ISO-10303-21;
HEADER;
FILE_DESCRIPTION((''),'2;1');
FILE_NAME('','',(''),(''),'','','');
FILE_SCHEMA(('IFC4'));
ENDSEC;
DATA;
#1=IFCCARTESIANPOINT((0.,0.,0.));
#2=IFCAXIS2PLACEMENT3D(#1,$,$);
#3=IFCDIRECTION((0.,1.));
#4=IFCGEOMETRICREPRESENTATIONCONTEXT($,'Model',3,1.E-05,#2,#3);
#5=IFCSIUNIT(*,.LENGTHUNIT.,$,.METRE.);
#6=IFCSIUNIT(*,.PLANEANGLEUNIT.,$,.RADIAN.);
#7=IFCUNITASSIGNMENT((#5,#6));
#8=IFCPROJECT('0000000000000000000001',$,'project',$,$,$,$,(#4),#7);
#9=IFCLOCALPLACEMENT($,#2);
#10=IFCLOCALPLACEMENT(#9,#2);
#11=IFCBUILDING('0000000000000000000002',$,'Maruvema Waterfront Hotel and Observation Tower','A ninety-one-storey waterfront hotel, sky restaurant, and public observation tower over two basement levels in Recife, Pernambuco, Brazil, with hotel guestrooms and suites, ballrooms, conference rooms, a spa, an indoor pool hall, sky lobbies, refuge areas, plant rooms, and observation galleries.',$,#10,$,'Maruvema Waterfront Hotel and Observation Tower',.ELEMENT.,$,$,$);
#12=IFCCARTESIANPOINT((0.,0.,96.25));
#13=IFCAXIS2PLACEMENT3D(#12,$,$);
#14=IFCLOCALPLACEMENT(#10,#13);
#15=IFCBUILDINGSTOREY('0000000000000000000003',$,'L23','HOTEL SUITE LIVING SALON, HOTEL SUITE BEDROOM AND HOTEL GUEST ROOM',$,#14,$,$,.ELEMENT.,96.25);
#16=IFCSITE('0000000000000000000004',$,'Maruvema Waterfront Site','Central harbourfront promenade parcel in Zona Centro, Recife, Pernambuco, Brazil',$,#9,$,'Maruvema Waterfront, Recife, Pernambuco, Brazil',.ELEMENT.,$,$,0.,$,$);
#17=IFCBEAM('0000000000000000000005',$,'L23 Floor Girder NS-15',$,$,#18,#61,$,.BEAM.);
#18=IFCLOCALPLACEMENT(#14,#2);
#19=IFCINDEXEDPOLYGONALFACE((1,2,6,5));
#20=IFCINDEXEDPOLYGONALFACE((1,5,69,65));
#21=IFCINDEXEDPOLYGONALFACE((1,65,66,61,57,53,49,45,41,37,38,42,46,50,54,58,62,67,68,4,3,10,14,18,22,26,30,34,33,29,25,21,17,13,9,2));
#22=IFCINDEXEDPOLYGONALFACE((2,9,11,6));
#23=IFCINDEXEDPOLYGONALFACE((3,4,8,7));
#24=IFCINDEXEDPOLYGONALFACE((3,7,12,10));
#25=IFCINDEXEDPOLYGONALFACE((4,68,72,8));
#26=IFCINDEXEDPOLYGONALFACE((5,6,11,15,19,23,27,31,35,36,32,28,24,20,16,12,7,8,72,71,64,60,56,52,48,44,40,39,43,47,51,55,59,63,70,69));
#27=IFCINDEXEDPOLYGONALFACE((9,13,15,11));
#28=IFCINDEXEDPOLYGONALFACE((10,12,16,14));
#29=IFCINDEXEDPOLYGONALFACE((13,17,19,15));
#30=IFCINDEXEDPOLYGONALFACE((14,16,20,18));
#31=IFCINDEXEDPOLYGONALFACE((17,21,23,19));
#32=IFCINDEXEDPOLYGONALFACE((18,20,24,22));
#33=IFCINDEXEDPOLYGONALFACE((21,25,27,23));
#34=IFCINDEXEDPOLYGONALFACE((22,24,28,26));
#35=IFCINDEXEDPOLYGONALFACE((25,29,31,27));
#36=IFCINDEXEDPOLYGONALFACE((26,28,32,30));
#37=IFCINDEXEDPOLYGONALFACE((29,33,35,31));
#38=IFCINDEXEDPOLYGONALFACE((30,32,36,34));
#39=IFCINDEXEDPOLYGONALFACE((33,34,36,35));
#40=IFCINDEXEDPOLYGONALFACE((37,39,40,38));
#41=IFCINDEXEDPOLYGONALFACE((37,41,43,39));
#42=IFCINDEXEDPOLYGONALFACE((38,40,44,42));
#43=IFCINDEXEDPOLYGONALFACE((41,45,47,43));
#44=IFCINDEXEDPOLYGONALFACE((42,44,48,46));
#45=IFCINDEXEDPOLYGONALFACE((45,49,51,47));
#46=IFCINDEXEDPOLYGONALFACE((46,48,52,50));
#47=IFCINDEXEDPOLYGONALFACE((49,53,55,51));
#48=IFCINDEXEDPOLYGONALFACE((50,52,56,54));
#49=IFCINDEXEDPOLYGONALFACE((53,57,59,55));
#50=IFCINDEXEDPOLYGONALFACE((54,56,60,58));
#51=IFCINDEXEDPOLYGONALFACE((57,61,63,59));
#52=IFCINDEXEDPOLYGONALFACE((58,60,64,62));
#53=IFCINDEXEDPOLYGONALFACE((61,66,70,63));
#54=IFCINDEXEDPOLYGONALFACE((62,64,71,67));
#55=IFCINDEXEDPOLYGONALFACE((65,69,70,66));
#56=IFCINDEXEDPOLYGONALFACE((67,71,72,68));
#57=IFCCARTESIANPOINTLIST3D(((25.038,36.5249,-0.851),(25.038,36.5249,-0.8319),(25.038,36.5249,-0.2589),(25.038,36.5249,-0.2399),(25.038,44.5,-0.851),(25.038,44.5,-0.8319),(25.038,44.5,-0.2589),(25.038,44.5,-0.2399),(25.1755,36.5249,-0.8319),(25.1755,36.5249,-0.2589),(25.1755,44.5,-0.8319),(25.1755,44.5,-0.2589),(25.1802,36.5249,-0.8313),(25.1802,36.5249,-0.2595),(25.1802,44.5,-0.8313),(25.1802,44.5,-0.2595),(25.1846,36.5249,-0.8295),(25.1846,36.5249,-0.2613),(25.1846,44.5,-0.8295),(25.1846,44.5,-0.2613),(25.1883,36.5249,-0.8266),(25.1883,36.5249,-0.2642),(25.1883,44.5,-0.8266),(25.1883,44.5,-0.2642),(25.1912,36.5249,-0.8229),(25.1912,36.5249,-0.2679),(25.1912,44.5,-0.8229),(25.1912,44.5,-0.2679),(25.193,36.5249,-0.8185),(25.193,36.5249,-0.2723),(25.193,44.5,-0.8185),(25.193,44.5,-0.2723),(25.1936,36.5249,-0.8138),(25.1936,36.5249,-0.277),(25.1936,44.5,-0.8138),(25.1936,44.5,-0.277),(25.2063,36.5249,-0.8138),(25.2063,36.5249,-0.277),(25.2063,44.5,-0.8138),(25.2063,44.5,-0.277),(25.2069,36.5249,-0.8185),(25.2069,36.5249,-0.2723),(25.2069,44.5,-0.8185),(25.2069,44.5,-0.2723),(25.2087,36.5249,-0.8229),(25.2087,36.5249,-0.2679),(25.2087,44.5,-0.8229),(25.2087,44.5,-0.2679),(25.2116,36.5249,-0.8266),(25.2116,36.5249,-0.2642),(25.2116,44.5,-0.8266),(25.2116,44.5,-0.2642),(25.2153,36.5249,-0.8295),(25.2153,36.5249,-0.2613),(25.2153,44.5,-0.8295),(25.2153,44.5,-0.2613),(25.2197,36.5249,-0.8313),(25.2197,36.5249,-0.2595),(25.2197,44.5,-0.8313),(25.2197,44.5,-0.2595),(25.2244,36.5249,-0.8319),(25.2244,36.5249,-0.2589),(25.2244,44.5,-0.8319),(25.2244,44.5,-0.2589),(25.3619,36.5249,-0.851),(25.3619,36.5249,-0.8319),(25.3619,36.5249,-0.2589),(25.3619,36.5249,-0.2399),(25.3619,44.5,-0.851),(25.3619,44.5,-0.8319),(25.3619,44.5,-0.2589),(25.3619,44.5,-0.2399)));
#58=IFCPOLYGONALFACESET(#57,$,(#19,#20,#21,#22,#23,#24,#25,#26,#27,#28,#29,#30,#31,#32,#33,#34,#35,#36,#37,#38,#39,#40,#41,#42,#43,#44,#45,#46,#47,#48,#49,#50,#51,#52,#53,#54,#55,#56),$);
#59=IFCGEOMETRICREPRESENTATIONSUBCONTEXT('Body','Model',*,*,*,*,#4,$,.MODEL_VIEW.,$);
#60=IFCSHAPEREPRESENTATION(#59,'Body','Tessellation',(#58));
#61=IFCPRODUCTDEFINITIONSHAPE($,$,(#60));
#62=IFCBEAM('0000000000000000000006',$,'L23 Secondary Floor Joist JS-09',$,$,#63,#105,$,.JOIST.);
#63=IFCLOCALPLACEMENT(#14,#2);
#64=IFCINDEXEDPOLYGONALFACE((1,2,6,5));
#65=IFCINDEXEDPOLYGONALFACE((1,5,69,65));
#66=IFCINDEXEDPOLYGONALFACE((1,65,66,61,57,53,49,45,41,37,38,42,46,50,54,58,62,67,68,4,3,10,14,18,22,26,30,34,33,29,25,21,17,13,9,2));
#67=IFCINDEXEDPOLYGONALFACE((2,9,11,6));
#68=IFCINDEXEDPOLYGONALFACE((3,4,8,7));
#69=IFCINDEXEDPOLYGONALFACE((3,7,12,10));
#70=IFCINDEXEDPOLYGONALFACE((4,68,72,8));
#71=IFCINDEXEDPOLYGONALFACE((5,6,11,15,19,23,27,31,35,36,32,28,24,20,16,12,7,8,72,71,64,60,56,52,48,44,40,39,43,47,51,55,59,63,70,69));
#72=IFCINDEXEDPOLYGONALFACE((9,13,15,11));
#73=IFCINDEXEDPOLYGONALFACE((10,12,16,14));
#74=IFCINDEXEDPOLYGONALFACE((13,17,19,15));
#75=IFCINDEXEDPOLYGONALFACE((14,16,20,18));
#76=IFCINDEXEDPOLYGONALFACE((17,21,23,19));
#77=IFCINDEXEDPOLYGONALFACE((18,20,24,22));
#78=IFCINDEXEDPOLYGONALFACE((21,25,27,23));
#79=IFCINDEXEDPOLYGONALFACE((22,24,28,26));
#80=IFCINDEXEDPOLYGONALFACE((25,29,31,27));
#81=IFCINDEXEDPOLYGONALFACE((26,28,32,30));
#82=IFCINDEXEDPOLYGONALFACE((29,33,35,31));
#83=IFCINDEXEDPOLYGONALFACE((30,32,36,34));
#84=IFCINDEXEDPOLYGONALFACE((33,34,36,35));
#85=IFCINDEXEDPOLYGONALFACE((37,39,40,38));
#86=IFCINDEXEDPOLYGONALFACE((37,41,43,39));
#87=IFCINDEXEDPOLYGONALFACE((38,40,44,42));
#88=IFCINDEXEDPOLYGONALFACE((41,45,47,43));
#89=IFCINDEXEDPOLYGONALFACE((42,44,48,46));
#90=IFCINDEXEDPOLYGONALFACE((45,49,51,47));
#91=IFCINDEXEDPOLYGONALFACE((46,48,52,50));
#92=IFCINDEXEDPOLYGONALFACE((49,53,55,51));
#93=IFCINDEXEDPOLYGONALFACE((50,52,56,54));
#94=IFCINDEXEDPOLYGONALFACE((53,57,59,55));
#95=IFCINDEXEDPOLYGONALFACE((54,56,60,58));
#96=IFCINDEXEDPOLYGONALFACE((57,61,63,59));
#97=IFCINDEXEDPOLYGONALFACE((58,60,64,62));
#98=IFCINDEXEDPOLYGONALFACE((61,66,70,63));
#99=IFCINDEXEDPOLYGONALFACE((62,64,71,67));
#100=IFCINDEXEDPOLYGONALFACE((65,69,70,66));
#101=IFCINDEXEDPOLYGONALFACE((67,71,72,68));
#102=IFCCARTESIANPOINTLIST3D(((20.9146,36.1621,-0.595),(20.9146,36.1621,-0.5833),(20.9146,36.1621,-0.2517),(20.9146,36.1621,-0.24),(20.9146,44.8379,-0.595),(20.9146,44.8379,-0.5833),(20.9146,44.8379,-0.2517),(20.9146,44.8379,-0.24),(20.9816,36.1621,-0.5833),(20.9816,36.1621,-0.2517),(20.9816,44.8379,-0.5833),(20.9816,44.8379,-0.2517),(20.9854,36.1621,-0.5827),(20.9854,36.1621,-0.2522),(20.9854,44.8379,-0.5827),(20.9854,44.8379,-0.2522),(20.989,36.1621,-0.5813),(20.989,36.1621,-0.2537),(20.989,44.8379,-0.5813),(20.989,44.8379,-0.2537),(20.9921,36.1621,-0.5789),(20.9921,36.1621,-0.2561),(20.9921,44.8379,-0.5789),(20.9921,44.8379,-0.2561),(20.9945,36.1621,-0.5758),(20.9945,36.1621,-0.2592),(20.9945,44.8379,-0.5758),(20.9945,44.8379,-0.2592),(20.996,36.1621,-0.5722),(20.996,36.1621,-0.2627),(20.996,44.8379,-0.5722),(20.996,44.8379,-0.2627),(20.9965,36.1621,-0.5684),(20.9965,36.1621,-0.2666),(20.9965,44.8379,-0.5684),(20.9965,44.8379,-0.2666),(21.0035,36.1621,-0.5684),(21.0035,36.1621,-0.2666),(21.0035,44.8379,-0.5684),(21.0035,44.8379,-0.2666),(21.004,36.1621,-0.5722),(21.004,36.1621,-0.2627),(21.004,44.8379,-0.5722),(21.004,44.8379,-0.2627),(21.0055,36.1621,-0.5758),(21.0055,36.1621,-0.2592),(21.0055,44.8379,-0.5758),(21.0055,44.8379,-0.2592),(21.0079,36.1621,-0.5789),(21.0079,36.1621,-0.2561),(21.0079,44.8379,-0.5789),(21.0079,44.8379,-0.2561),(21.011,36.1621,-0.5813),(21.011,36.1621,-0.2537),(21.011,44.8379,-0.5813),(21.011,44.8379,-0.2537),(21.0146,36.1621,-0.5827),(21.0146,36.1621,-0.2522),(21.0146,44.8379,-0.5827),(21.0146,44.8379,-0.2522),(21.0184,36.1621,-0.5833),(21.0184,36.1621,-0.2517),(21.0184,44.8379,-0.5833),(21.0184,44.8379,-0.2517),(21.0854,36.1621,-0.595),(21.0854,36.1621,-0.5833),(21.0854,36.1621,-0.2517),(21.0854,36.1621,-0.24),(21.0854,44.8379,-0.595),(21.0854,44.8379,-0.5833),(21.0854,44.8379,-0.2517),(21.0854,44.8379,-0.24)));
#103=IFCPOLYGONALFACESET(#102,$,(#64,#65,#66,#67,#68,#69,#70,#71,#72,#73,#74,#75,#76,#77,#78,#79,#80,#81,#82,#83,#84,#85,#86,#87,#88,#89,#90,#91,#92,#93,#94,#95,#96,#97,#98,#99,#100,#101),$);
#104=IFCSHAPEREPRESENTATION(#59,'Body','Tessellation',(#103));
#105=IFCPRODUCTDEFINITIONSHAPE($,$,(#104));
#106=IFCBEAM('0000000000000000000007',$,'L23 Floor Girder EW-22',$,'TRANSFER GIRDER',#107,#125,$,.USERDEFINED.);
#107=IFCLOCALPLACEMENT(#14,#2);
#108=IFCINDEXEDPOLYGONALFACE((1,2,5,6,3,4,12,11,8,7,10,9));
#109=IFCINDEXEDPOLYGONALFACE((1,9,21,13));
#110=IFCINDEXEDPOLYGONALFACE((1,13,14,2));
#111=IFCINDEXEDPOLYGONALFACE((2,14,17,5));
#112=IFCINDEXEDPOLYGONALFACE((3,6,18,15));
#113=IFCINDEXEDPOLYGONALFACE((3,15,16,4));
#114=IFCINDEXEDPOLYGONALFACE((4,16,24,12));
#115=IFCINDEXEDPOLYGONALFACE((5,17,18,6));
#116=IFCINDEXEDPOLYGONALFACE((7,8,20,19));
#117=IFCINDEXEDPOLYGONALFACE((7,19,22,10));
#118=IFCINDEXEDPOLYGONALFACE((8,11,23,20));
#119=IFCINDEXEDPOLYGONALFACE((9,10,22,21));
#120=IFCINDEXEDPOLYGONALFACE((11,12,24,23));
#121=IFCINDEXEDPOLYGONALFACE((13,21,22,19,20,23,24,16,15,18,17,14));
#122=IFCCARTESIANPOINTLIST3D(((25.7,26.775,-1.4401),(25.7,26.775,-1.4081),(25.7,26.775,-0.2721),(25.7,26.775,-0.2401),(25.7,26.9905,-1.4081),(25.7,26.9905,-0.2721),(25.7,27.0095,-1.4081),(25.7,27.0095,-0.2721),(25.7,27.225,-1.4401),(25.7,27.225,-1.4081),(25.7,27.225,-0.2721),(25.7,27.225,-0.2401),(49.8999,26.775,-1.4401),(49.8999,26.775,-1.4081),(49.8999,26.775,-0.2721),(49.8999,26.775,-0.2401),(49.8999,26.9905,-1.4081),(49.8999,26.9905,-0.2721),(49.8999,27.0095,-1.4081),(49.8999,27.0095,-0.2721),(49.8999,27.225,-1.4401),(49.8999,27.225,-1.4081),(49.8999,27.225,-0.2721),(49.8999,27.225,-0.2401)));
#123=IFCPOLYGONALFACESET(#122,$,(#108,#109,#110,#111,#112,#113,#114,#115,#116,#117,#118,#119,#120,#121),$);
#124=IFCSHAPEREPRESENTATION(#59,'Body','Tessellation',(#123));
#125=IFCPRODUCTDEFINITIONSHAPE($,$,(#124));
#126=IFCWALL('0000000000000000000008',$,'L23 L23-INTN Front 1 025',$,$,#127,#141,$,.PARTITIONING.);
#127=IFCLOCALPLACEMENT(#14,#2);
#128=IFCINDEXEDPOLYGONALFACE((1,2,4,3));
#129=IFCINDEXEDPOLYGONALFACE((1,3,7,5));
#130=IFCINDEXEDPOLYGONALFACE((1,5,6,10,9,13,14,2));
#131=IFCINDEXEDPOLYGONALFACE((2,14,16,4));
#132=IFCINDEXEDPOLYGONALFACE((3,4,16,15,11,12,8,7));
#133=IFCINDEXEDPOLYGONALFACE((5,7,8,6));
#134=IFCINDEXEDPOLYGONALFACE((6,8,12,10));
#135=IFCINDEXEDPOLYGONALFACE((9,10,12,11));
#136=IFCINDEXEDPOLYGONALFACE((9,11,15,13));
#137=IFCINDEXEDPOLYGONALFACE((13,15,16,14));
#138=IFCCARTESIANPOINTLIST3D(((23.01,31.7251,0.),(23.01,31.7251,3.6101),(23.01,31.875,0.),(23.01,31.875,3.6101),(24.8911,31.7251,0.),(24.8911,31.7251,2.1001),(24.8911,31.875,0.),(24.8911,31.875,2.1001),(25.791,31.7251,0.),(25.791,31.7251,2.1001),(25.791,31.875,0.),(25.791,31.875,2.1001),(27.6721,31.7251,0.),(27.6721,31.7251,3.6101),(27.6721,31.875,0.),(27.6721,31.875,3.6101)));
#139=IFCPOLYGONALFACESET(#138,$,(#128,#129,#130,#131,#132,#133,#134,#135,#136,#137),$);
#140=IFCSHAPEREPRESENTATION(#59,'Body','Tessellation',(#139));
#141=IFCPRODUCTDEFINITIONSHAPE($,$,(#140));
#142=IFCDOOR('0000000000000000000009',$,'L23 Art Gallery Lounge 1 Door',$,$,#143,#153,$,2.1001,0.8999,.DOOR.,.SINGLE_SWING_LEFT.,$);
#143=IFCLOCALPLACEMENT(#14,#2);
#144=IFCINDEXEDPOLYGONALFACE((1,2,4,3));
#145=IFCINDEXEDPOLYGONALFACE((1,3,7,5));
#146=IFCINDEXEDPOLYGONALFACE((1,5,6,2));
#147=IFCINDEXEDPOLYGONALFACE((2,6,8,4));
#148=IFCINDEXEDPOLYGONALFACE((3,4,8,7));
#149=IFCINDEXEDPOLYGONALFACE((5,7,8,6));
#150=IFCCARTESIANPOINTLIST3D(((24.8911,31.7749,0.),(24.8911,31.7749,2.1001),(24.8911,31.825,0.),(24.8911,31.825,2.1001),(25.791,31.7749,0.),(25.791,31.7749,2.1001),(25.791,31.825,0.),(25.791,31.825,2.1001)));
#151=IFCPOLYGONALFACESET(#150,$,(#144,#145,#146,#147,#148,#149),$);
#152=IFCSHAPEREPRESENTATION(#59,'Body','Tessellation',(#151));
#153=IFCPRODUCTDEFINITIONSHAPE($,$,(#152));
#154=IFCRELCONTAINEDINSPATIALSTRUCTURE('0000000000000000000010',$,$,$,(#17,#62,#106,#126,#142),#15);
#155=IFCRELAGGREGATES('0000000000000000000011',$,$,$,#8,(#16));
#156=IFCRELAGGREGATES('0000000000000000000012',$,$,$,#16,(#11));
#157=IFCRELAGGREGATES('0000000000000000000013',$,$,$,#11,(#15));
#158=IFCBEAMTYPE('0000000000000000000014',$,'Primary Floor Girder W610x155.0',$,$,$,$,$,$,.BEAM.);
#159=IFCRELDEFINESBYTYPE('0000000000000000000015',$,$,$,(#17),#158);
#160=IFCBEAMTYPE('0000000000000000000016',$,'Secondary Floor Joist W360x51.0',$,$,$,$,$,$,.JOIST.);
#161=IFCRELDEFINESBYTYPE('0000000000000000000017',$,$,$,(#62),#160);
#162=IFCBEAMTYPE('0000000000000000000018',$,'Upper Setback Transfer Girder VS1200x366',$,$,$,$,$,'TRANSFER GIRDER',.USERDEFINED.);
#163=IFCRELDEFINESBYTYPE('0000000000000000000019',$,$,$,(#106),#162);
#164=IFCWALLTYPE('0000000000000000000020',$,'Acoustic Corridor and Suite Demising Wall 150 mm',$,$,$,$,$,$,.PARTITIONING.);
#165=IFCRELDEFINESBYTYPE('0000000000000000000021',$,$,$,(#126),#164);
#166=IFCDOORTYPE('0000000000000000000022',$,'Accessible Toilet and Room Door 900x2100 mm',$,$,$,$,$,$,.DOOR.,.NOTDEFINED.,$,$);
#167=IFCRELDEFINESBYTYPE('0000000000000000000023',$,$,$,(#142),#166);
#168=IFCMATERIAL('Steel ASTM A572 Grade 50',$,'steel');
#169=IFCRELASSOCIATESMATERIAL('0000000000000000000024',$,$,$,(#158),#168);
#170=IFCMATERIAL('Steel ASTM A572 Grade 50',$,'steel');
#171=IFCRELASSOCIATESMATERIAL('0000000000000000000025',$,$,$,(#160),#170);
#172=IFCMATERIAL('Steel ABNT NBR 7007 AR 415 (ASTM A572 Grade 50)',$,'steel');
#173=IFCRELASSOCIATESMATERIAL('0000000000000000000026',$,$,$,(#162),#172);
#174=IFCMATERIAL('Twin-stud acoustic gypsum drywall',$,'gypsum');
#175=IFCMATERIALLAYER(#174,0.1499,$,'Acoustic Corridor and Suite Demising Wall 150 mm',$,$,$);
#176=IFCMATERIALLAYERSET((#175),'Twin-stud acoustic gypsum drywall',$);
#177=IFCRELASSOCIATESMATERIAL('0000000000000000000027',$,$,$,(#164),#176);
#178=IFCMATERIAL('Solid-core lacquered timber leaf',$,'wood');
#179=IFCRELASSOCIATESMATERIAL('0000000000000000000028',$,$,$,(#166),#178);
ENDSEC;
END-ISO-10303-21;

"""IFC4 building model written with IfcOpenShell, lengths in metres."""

from ifc_helpers import new_model, si_unit, direction, frame, frame_2d, origin, origin_2d, place, context, subcontext, project, spatial, rectangle, i_section, extrude, material, layer, layer_set, material_profile, profile_set, type_object, element, fill, save


model = new_model("IFC4")

# Units and contexts
model_context = context("Model", 3, precision=1e-05, world=origin(), true_north=direction((0.0, 1.0)))
body_context = subcontext(model_context, "Body", "Model", "MODEL_VIEW")
ifc_project = project(units=[si_unit("LENGTHUNIT", "METRE"), si_unit("PLANEANGLEUNIT", "RADIAN")], contexts=[model_context])

# Site, building, storey
site_placement = place(None, origin())
site = spatial("IfcSite", under=ifc_project, at=site_placement, Name="Maruvema Waterfront Site", Description="Central harbourfront promenade parcel in Zona Centro, Recife, Pernambuco, Brazil", LongName="Maruvema Waterfront, Recife, Pernambuco, Brazil", CompositionType="ELEMENT", RefElevation=0.0)
building_placement = place(site_placement, origin())
building = spatial("IfcBuilding", under=site, at=building_placement, Name="Maruvema Waterfront Hotel and Observation Tower", Description="A ninety-one-storey waterfront hotel, sky restaurant, and public observation tower over two basement levels in Recife, Pernambuco, Brazil, with hotel guestrooms and suites, ballrooms, conference rooms, a spa, an indoor pool hall, sky lobbies, refuge areas, plant rooms, and observation galleries.", LongName="Maruvema Waterfront Hotel and Observation Tower", CompositionType="ELEMENT")
storey_placement = place(building_placement, frame((0.0, 0.0, 96.25)))
storey = spatial("IfcBuildingStorey", under=building, at=storey_placement, Name="L23", Description="HOTEL SUITE LIVING SALON, HOTEL SUITE BEDROOM AND HOTEL GUEST ROOM", CompositionType="ELEMENT", Elevation=96.25)

# Beams
ifc_material_1 = material(Name="Steel ASTM A572 Grade 50", Category="steel")
ifc_material_profile_1 = material_profile(ifc_material_1, i_section(OverallWidth=0.324, OverallDepth=0.6111, WebThickness=0.0127, FlangeThickness=0.019, FilletRadius=0.0181, at=origin_2d()), Name="W610x155.0")
ifc_profile_set_1 = profile_set([ifc_material_profile_1], Name="Steel ASTM A572 Grade 50")
beam_type_1 = type_object("IfcBeamType", Name="Primary Floor Girder W610x155.0", PredefinedType="BEAM", material=ifc_profile_set_1)
for number, where, z_axis, x_axis, name in (
    (1, (25.2, 36.5249, -0.5454), (0.0, 1.0, 0.0), (-1.0, 0.0, 0.0), "L23 Floor Girder NS-15"),
):
    element("IfcBeam", number, at=place(storey_placement, frame(where, z_axis=z_axis, x_axis=x_axis)), inside=storey, type_object=beam_type_1, Name=name, PredefinedType="BEAM", context=body_context, shape_type="SweptSolid", body=[
        extrude(i_section(OverallWidth=0.324, OverallDepth=0.6111, WebThickness=0.0127, FlangeThickness=0.019, FilletRadius=0.0181, at=origin_2d()), origin(), (0.0, 0.0, 1.0), 7.9751),
    ])
ifc_material_2 = material(Name="Steel ASTM A572 Grade 50", Category="steel")
ifc_material_profile_2 = material_profile(ifc_material_2, i_section(OverallWidth=0.1709, OverallDepth=0.355, WebThickness=0.0071, FlangeThickness=0.0117, FilletRadius=0.0149, at=origin_2d()), Name="W360x51.0")
ifc_profile_set_2 = profile_set([ifc_material_profile_2], Name="Steel ASTM A572 Grade 50")
beam_type_2 = type_object("IfcBeamType", Name="Secondary Floor Joist W360x51.0", PredefinedType="JOIST", material=ifc_profile_set_2)
beam_1_placement = place(storey_placement, frame((21.0, 36.1621, -0.4175), z_axis=(0.0, 1.0, 0.0), x_axis=(-1.0, 0.0, 0.0)))
element("IfcBeam", 2, at=beam_1_placement, inside=storey, type_object=beam_type_2, Name="L23 Secondary Floor Joist JS-09", PredefinedType="JOIST", context=body_context, shape_type="SweptSolid", body=[
    extrude(i_section(OverallWidth=0.1709, OverallDepth=0.355, WebThickness=0.0071, FlangeThickness=0.0117, FilletRadius=0.0149, at=origin_2d()), origin(), (0.0, 0.0, 1.0), 8.6758),
])
ifc_material_3 = material(Name="Steel ABNT NBR 7007 AR 415 (ASTM A572 Grade 50)", Category="steel")
ifc_material_profile_3 = material_profile(ifc_material_3, i_section(OverallWidth=0.45, OverallDepth=1.2, WebThickness=0.019, FlangeThickness=0.032, at=origin_2d()), Name="VS1200x366")
ifc_profile_set_3 = profile_set([ifc_material_profile_3], Name="Steel ABNT NBR 7007 AR 415 (ASTM A572 Grade 50)")
beam_type_3 = type_object("IfcBeamType", Name="Upper Setback Transfer Girder VS1200x366", ElementType="TRANSFER GIRDER", PredefinedType="USERDEFINED", material=ifc_profile_set_3)
beam_2_placement = place(storey_placement, frame((25.7, 27.0, -0.8401), z_axis=(1.0, 0.0, 0.0), x_axis=(0.0, 1.0, 0.0)))
element("IfcBeam", 3, at=beam_2_placement, inside=storey, type_object=beam_type_3, Name="L23 Floor Girder EW-22", ObjectType="TRANSFER GIRDER", PredefinedType="USERDEFINED", context=body_context, shape_type="SweptSolid", body=[
    extrude(i_section(OverallWidth=0.45, OverallDepth=1.2, WebThickness=0.019, FlangeThickness=0.032, at=origin_2d()), origin(), (0.0, 0.0, 1.0), 24.2),
])

# Wall, opening, door
ifc_material_4 = material(Name="Twin-stud acoustic gypsum drywall", Category="gypsum")
ifc_layer_1 = layer(ifc_material_4, 0.1499, Name="Acoustic Corridor and Suite Demising Wall 150 mm")
ifc_layer_set_1 = layer_set([ifc_layer_1], Name="Twin-stud acoustic gypsum drywall")
wall_type_1 = type_object("IfcWallType", Name="Acoustic Corridor and Suite Demising Wall 150 mm", PredefinedType="PARTITIONING", material=ifc_layer_set_1)
wall_1_placement = place(storey_placement, frame((23.01, 31.8, 0.0), z_axis=(0.0, 0.0, 1.0), x_axis=(1.0, 0.0, 0.0)))
wall_1 = element("IfcWall", 4, at=wall_1_placement, inside=storey, type_object=wall_type_1, Name="L23 L23-INTN Front 1 025", PredefinedType="PARTITIONING", context=body_context, shape_type="SweptSolid", body=[
    extrude(rectangle(XDim=4.6621, YDim=0.1499, at=frame_2d((2.3311, 0.0))), origin(), (0.0, 0.0, 1.0), 3.6101),
])
opening_1_placement = place(wall_1_placement, frame((1.8811, 0.0, 0.0)))
opening_1 = element("IfcOpeningElement", 5, at=opening_1_placement, cuts=wall_1, PredefinedType="OPENING", context=body_context, shape_type="SweptSolid", body=[
    extrude(rectangle(XDim=0.8999, YDim=2.1001, at=frame_2d((0.45, 1.05))), frame((0.0, 0.085, 0.0), z_axis=(0.0, -1.0, 0.0), x_axis=(1.0, 0.0, 0.0)), (0.0, 0.0, 1.0), 0.1699),
])
ifc_material_5 = material(Name="Solid-core lacquered timber leaf", Category="wood")
door_type_1 = type_object("IfcDoorType", Name="Accessible Toilet and Room Door 900x2100 mm", OperationType="NOTDEFINED", PredefinedType="DOOR", material=ifc_material_5)
door_1_placement = place(opening_1_placement, origin())
door_1 = element("IfcDoor", 6, at=door_1_placement, inside=storey, type_object=door_type_1, Name="L23 Art Gallery Lounge 1 Door", OperationType="SINGLE_SWING_LEFT", OverallHeight=2.1001, OverallWidth=0.8999, PredefinedType="DOOR", context=body_context, shape_type="SweptSolid", body=[
    extrude(rectangle(XDim=0.8999, YDim=2.1001, at=frame_2d((0.45, 1.05))), frame((0.0, 0.0249, 0.0), z_axis=(0.0, -1.0, 0.0), x_axis=(1.0, 0.0, 0.0)), (0.0, 0.0, 1.0), 0.05),
])
fill(opening_1, door_1)

save(model, "model.ifc")
